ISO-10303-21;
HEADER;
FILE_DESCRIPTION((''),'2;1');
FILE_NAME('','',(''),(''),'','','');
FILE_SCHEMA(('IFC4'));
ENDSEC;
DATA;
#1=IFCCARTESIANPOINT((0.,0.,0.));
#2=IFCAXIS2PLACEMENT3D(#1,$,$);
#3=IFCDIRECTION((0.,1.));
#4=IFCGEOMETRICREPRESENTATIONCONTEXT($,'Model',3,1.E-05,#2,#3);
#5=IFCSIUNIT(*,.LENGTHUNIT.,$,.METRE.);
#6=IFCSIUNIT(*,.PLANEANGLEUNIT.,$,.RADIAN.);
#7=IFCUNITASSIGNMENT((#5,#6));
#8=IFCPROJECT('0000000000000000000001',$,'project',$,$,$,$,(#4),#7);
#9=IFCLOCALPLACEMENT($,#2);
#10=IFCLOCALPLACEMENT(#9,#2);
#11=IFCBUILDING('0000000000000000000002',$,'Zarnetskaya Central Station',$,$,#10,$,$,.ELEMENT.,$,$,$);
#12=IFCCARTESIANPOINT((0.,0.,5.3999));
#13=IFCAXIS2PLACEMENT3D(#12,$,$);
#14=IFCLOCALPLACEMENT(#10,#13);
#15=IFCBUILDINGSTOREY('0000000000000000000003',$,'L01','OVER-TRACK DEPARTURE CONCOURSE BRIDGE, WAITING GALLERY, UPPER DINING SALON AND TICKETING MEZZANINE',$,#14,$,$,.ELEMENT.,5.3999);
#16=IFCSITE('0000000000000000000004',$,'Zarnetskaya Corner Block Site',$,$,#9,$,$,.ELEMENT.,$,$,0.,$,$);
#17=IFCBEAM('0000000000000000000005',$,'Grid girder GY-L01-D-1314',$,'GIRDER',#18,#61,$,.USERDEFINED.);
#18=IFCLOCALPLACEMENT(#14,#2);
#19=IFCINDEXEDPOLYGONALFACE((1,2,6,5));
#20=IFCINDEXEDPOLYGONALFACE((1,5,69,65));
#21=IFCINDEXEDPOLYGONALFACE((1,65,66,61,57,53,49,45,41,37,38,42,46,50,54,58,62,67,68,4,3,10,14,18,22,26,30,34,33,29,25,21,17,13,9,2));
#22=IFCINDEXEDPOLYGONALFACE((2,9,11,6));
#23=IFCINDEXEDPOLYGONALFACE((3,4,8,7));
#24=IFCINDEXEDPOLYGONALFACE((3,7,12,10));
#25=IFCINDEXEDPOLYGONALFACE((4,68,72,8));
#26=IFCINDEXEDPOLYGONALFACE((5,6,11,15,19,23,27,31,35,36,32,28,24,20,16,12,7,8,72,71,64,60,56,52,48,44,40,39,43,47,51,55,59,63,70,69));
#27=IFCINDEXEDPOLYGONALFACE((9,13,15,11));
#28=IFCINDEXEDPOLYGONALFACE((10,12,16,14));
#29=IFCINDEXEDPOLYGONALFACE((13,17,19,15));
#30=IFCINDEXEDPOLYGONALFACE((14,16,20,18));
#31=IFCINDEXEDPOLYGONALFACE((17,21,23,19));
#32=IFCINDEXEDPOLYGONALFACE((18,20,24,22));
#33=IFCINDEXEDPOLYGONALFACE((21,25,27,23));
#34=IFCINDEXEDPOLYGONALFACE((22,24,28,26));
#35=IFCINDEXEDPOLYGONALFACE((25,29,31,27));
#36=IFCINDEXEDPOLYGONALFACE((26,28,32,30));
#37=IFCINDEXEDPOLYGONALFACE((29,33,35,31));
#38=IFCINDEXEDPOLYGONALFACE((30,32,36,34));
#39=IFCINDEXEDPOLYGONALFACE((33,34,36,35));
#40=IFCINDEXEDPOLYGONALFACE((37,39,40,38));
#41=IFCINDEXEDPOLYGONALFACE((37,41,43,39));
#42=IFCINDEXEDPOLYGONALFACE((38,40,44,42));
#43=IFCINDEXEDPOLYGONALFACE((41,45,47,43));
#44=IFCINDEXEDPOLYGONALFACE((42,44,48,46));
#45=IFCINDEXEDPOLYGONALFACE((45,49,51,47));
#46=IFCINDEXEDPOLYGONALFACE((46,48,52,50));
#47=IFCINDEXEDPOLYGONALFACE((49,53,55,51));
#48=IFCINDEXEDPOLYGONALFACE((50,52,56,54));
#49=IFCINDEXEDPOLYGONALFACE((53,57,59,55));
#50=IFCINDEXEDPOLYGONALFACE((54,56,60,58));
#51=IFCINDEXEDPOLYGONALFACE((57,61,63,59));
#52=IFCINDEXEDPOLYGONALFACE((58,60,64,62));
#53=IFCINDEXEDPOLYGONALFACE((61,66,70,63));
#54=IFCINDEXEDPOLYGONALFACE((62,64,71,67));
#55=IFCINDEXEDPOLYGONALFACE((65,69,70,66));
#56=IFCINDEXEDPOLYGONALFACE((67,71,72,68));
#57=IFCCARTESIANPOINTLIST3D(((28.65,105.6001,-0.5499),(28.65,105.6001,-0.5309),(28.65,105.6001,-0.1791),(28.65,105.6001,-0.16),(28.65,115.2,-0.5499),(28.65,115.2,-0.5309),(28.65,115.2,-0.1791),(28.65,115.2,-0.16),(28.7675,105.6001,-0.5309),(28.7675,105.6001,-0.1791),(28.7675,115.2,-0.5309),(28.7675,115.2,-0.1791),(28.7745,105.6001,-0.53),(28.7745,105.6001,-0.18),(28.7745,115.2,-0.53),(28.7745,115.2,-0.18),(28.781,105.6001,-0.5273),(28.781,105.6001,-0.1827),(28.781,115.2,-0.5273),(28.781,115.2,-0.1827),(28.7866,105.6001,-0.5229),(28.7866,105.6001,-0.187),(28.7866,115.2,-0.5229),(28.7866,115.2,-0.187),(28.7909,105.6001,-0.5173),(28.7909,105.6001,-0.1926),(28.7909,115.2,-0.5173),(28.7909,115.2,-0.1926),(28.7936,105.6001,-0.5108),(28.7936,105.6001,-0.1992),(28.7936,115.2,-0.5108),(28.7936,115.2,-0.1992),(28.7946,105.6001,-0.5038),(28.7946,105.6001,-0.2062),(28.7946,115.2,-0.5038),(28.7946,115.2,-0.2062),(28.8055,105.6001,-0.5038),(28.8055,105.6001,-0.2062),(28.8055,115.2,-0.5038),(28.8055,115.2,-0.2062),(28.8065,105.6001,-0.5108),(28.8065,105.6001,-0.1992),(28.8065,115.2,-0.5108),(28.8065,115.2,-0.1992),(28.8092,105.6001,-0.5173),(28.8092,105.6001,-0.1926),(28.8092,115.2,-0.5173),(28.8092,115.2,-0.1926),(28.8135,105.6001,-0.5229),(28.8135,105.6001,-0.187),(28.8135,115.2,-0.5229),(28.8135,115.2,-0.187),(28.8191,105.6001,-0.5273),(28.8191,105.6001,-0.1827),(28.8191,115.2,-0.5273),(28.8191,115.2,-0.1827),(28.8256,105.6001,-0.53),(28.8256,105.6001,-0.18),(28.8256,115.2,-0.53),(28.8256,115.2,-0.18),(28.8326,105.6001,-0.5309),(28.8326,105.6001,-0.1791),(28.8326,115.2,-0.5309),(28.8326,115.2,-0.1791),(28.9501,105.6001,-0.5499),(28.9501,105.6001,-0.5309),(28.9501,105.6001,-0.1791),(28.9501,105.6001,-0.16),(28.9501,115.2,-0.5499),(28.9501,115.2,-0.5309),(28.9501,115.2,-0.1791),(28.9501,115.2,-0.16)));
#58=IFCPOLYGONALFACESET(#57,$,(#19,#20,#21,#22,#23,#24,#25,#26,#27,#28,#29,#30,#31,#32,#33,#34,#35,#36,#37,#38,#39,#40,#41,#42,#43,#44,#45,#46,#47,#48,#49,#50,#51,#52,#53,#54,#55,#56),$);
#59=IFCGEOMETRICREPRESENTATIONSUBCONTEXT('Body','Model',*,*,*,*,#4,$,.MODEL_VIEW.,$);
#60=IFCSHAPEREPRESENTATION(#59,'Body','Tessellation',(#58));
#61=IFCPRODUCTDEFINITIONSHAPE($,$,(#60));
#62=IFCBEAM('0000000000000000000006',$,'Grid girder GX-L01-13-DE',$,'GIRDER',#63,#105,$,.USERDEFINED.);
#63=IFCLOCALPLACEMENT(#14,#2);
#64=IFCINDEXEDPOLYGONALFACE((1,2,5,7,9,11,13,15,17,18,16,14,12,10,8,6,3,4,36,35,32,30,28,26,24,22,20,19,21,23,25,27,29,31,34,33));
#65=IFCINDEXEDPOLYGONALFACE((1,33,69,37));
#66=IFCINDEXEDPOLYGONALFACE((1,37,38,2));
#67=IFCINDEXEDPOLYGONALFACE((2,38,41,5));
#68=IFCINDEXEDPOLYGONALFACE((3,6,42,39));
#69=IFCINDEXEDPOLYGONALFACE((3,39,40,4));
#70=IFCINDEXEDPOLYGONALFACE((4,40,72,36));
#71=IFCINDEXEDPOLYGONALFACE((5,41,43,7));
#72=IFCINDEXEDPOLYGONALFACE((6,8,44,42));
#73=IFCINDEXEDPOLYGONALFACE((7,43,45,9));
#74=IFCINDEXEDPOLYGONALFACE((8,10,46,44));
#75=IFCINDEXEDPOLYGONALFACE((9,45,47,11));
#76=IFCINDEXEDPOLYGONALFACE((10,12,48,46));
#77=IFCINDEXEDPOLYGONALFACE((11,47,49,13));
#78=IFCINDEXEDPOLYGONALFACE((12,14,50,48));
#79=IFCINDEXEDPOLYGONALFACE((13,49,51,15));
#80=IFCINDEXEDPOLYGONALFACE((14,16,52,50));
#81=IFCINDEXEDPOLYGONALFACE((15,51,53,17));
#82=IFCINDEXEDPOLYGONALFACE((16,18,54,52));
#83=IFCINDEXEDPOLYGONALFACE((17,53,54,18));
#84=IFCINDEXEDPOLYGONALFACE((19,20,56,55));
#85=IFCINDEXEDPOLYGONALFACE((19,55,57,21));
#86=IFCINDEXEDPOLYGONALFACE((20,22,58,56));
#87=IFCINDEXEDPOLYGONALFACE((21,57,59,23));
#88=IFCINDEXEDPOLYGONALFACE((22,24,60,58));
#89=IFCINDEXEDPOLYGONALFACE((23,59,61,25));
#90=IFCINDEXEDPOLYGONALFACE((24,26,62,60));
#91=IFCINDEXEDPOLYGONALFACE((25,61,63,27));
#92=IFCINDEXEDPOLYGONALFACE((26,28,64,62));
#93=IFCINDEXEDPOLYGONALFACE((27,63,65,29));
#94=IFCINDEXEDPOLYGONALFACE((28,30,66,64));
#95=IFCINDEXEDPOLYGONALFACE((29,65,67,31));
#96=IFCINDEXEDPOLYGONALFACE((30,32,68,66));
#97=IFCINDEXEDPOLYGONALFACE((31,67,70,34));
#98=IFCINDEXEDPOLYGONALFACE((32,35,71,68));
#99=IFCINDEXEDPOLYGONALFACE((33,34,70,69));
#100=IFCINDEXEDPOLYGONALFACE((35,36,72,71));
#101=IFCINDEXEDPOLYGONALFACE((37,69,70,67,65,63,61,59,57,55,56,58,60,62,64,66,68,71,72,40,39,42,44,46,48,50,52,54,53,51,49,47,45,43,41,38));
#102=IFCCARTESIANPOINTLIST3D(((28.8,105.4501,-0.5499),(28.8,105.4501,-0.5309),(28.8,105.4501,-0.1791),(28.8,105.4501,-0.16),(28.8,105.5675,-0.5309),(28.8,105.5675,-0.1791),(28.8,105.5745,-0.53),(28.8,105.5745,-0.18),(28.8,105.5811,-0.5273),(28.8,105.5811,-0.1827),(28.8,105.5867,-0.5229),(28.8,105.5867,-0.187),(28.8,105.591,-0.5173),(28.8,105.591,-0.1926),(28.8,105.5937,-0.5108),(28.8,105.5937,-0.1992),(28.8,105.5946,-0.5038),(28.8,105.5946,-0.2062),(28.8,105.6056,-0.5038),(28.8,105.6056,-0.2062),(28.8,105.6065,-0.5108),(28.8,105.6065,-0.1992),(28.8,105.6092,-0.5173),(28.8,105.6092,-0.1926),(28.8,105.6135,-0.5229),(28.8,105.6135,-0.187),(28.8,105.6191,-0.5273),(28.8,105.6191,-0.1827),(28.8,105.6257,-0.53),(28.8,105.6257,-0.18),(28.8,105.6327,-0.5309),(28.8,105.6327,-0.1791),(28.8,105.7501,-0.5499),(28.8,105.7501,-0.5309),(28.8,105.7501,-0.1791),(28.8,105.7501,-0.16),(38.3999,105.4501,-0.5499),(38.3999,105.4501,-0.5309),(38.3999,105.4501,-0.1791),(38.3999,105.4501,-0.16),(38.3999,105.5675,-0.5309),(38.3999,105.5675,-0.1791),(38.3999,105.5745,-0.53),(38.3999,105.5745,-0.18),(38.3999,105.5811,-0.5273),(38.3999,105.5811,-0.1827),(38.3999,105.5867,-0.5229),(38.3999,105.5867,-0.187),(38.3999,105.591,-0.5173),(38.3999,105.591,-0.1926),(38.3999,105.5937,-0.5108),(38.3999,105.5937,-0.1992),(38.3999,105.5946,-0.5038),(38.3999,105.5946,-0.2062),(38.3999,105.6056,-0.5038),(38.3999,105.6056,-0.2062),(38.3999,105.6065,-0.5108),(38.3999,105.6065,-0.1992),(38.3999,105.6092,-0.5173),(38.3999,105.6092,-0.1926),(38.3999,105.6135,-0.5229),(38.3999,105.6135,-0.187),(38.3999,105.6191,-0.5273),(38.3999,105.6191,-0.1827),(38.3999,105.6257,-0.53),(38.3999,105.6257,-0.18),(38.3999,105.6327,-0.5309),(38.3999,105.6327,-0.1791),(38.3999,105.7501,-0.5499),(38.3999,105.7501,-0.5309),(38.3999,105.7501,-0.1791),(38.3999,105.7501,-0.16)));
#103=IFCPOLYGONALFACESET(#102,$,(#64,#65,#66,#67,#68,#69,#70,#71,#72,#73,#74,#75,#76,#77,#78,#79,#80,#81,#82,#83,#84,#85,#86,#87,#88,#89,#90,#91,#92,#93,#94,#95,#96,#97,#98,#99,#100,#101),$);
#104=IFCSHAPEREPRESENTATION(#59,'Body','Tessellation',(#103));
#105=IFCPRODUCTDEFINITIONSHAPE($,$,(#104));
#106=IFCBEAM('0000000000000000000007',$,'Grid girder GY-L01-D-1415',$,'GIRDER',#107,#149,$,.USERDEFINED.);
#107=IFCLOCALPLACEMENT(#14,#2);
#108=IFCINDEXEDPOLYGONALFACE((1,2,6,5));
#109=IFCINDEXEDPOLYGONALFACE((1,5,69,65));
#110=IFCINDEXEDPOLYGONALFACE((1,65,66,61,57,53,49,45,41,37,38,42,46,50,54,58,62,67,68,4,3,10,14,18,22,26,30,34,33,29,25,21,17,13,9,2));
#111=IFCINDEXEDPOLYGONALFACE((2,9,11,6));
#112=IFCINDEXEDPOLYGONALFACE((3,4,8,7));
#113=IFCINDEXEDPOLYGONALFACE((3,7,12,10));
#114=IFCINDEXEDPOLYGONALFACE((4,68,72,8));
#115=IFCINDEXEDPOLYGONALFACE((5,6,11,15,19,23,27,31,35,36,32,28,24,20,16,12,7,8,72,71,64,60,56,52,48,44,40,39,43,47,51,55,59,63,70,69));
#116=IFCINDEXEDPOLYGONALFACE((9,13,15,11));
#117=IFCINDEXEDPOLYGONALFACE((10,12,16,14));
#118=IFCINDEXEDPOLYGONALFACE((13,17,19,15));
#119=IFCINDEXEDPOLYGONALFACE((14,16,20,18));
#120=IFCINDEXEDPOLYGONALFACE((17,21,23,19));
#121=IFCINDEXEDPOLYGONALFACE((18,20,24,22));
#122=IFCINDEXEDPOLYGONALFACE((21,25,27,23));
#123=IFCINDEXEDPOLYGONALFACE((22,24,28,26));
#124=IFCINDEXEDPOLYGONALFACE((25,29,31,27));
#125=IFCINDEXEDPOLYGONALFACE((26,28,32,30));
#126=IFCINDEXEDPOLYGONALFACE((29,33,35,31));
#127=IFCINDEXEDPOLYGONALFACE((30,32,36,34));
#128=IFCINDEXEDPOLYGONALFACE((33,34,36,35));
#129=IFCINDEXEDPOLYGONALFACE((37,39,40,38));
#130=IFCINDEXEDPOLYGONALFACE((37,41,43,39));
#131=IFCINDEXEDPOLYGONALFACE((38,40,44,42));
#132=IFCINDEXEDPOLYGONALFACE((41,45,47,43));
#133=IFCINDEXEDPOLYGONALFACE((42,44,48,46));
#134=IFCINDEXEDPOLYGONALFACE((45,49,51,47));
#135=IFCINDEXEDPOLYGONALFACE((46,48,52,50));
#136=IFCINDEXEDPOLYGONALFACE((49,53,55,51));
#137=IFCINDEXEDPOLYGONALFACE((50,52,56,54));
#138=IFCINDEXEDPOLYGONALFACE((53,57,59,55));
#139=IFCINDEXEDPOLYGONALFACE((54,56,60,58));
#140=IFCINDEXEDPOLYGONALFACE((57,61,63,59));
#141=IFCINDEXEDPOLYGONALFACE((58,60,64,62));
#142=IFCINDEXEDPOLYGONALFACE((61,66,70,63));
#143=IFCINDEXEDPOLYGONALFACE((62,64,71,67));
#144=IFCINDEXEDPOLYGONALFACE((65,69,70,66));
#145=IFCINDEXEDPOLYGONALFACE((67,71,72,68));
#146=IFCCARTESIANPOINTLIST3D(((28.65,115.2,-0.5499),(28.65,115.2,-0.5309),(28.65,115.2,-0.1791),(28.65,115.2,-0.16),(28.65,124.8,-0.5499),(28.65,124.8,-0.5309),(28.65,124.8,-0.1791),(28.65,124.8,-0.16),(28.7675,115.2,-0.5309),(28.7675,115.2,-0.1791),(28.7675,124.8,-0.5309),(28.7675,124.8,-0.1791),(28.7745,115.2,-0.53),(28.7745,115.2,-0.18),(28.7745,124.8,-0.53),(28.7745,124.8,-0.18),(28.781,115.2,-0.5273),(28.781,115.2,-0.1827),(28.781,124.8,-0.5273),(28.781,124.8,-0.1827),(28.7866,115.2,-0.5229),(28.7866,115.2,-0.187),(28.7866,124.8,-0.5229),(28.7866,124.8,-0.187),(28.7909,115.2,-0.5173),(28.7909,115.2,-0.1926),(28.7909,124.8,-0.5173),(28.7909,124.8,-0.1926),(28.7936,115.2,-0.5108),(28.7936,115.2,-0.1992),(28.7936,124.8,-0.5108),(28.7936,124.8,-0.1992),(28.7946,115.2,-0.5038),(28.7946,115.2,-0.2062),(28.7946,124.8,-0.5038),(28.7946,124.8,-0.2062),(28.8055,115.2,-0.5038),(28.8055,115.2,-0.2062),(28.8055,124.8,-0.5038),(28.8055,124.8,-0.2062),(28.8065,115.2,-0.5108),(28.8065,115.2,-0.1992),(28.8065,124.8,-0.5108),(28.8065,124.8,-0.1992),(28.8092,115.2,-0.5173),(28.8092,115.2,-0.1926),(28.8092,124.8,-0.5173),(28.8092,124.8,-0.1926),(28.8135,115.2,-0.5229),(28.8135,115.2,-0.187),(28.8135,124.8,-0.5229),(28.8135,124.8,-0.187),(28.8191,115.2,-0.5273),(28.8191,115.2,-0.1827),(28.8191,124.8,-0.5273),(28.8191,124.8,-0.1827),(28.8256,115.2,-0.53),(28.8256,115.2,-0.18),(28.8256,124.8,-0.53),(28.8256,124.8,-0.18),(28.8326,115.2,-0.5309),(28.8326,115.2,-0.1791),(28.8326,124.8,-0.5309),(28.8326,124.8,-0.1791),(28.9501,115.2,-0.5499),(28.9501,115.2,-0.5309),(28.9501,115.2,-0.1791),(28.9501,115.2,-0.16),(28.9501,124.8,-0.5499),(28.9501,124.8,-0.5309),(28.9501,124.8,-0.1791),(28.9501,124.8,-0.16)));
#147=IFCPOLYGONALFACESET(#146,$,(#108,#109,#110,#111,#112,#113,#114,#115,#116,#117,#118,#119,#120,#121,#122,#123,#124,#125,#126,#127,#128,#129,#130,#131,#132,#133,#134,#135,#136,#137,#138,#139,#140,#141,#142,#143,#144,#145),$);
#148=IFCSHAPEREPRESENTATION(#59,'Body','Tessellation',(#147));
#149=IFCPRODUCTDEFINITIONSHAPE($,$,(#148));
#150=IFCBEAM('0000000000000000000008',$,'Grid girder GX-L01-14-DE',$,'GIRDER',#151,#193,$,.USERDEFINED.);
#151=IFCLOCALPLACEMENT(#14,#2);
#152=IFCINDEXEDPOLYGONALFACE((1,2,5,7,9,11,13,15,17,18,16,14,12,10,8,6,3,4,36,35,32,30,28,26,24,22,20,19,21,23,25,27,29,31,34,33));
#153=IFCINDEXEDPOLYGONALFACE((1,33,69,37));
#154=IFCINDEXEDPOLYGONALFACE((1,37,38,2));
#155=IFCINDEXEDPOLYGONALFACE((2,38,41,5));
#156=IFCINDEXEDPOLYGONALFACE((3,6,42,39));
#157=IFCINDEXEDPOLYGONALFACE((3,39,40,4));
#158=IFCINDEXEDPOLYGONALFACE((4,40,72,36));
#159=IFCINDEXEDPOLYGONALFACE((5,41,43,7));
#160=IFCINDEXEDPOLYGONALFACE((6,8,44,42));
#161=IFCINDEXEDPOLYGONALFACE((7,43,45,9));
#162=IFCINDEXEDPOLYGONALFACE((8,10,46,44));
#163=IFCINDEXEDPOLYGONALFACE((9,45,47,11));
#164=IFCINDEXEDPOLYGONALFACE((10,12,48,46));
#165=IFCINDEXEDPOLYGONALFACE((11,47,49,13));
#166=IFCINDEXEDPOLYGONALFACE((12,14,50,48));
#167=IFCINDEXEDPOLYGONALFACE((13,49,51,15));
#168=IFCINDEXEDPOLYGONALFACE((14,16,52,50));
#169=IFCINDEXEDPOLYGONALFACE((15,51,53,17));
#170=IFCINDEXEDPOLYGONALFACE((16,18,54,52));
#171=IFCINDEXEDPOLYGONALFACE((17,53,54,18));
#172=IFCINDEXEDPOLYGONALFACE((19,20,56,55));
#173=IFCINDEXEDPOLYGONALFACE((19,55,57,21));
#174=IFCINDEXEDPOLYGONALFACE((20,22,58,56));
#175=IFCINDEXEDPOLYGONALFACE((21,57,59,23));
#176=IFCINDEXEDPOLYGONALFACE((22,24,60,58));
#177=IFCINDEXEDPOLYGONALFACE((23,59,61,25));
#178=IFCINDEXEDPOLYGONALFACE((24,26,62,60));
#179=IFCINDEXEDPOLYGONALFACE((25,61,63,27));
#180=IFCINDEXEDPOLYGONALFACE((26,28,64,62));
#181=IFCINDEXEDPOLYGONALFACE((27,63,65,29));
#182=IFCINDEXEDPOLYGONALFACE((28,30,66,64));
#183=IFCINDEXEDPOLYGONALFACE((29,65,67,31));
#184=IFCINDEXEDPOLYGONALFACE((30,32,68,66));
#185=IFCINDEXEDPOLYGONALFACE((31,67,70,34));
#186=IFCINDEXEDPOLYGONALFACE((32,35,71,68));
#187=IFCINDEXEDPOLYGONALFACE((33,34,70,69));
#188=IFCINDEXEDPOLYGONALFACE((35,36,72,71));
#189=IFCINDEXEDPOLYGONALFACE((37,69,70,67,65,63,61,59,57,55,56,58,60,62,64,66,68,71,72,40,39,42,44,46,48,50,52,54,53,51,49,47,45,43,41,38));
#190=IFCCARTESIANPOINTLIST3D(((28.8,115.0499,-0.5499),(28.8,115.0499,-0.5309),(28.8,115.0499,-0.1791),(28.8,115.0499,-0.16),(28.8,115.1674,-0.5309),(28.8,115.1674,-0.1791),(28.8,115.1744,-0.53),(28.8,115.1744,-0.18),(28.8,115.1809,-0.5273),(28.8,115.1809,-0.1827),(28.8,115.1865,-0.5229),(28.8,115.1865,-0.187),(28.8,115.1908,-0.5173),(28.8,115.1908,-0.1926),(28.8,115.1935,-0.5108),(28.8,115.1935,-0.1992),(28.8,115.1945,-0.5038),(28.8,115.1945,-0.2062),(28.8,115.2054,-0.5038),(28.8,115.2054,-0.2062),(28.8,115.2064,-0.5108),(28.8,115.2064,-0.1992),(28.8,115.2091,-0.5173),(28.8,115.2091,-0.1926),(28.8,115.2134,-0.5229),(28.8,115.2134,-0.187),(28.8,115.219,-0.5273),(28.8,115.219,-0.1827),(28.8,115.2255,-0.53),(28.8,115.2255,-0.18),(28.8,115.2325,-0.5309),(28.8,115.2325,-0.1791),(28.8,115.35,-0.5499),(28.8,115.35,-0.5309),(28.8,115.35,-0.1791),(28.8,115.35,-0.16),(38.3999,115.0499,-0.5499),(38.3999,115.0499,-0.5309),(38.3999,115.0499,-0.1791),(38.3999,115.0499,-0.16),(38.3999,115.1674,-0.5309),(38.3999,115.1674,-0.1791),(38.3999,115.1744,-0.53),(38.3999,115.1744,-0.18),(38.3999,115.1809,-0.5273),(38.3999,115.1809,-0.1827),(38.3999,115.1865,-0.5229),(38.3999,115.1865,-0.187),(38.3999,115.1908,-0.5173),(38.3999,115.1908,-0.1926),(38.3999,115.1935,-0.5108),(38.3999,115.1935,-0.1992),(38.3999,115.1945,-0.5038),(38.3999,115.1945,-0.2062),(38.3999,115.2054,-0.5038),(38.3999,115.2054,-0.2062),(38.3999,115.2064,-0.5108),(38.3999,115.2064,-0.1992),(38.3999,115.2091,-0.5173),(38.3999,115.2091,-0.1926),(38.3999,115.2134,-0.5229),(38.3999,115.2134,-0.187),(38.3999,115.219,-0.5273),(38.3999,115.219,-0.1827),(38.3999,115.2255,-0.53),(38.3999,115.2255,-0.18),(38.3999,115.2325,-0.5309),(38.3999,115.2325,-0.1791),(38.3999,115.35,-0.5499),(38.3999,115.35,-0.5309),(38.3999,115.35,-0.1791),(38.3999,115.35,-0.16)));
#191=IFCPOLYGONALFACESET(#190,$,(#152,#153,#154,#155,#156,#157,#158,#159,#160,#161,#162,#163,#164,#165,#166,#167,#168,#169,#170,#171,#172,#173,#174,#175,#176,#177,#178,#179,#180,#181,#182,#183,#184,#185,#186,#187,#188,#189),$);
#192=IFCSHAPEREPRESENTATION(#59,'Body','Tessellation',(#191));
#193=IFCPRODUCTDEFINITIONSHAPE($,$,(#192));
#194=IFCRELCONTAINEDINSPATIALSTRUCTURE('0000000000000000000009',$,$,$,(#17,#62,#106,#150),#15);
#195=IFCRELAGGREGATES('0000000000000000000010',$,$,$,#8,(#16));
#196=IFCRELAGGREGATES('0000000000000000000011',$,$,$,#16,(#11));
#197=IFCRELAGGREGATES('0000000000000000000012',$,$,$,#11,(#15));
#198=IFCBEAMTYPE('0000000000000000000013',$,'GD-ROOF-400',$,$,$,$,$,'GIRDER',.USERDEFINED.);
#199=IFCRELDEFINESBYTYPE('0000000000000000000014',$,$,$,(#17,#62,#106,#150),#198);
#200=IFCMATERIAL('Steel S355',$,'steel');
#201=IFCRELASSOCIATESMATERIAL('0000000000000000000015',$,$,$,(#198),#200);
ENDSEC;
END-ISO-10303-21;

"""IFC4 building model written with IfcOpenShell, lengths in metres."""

from ifc_helpers import new_model, si_unit, direction, frame, origin, origin_2d, place, context, subcontext, project, spatial, i_section, extrude, material, material_profile, profile_set, type_object, element, save


model = new_model("IFC4")

# Units and contexts
model_context = context("Model", 3, precision=1e-05, world=origin(), true_north=direction((0.0, 1.0)))
body_context = subcontext(model_context, "Body", "Model", "MODEL_VIEW")
ifc_project = project(units=[si_unit("LENGTHUNIT", "METRE"), si_unit("PLANEANGLEUNIT", "RADIAN")], contexts=[model_context])

# Site, building, storey
site_placement = place(None, origin())
site = spatial("IfcSite", under=ifc_project, at=site_placement, Name="Zarnetskaya Corner Block Site", CompositionType="ELEMENT", RefElevation=0.0)
building_placement = place(site_placement, origin())
building = spatial("IfcBuilding", under=site, at=building_placement, Name="Zarnetskaya Central Station", CompositionType="ELEMENT")
storey_placement = place(building_placement, frame((0.0, 0.0, 5.3999)))
storey = spatial("IfcBuildingStorey", under=building, at=storey_placement, Name="L01", Description="OVER-TRACK DEPARTURE CONCOURSE BRIDGE, WAITING GALLERY, UPPER DINING SALON AND TICKETING MEZZANINE", CompositionType="ELEMENT", Elevation=5.3999)

# Beams
ifc_material = material(Name="Steel S355", Category="steel")
ifc_material_profile_1 = material_profile(ifc_material, i_section(OverallWidth=0.3, OverallDepth=0.3899, WebThickness=0.011, FlangeThickness=0.019, FilletRadius=0.0271, at=origin_2d()), Name="HEA 400")
ifc_profile_set_1 = profile_set([ifc_material_profile_1], Name="Steel S355")
beam_type_1 = type_object("IfcBeamType", Name="GD-ROOF-400", ElementType="GIRDER", PredefinedType="USERDEFINED", material=ifc_profile_set_1)
for number, where, z_axis, x_axis, name in (
    (1, (28.8, 105.6001, -0.355), (0.0, 1.0, 0.0), (-1.0, 0.0, 0.0), "Grid girder GY-L01-D-1314"),
    (2, (28.8, 105.6001, -0.355), (1.0, 0.0, 0.0), (0.0, 1.0, 0.0), "Grid girder GX-L01-13-DE"),
):
    element("IfcBeam", number, at=place(storey_placement, frame(where, z_axis=z_axis, x_axis=x_axis)), inside=storey, type_object=beam_type_1, Name=name, ObjectType="GIRDER", PredefinedType="USERDEFINED", context=body_context, shape_type="SweptSolid", body=[
        extrude(i_section(OverallWidth=0.3, OverallDepth=0.3899, WebThickness=0.011, FlangeThickness=0.019, FilletRadius=0.0271, at=origin_2d()), origin(), (0.0, 0.0, 1.0), 9.5999),
    ])
beam_1_placement = place(storey_placement, frame((28.8, 115.2, -0.355), z_axis=(0.0, 1.0, 0.0), x_axis=(-1.0, 0.0, 0.0)))
element("IfcBeam", 3, at=beam_1_placement, inside=storey, type_object=beam_type_1, Name="Grid girder GY-L01-D-1415", ObjectType="GIRDER", PredefinedType="USERDEFINED", context=body_context, shape_type="SweptSolid", body=[
    extrude(i_section(OverallWidth=0.3, OverallDepth=0.3899, WebThickness=0.011, FlangeThickness=0.019, FilletRadius=0.0271, at=origin_2d()), origin(), (0.0, 0.0, 1.0), 9.6001),
])
for number, where, z_axis, x_axis, name in (
    (4, (28.8, 115.2, -0.355), (1.0, 0.0, 0.0), (0.0, 1.0, 0.0), "Grid girder GX-L01-14-DE"),
):
    element("IfcBeam", number, at=place(storey_placement, frame(where, z_axis=z_axis, x_axis=x_axis)), inside=storey, type_object=beam_type_1, Name=name, ObjectType="GIRDER", PredefinedType="USERDEFINED", context=body_context, shape_type="SweptSolid", body=[
        extrude(i_section(OverallWidth=0.3, OverallDepth=0.3899, WebThickness=0.011, FlangeThickness=0.019, FilletRadius=0.0271, at=origin_2d()), origin(), (0.0, 0.0, 1.0), 9.5999),
    ])

save(model, "model.ifc")
